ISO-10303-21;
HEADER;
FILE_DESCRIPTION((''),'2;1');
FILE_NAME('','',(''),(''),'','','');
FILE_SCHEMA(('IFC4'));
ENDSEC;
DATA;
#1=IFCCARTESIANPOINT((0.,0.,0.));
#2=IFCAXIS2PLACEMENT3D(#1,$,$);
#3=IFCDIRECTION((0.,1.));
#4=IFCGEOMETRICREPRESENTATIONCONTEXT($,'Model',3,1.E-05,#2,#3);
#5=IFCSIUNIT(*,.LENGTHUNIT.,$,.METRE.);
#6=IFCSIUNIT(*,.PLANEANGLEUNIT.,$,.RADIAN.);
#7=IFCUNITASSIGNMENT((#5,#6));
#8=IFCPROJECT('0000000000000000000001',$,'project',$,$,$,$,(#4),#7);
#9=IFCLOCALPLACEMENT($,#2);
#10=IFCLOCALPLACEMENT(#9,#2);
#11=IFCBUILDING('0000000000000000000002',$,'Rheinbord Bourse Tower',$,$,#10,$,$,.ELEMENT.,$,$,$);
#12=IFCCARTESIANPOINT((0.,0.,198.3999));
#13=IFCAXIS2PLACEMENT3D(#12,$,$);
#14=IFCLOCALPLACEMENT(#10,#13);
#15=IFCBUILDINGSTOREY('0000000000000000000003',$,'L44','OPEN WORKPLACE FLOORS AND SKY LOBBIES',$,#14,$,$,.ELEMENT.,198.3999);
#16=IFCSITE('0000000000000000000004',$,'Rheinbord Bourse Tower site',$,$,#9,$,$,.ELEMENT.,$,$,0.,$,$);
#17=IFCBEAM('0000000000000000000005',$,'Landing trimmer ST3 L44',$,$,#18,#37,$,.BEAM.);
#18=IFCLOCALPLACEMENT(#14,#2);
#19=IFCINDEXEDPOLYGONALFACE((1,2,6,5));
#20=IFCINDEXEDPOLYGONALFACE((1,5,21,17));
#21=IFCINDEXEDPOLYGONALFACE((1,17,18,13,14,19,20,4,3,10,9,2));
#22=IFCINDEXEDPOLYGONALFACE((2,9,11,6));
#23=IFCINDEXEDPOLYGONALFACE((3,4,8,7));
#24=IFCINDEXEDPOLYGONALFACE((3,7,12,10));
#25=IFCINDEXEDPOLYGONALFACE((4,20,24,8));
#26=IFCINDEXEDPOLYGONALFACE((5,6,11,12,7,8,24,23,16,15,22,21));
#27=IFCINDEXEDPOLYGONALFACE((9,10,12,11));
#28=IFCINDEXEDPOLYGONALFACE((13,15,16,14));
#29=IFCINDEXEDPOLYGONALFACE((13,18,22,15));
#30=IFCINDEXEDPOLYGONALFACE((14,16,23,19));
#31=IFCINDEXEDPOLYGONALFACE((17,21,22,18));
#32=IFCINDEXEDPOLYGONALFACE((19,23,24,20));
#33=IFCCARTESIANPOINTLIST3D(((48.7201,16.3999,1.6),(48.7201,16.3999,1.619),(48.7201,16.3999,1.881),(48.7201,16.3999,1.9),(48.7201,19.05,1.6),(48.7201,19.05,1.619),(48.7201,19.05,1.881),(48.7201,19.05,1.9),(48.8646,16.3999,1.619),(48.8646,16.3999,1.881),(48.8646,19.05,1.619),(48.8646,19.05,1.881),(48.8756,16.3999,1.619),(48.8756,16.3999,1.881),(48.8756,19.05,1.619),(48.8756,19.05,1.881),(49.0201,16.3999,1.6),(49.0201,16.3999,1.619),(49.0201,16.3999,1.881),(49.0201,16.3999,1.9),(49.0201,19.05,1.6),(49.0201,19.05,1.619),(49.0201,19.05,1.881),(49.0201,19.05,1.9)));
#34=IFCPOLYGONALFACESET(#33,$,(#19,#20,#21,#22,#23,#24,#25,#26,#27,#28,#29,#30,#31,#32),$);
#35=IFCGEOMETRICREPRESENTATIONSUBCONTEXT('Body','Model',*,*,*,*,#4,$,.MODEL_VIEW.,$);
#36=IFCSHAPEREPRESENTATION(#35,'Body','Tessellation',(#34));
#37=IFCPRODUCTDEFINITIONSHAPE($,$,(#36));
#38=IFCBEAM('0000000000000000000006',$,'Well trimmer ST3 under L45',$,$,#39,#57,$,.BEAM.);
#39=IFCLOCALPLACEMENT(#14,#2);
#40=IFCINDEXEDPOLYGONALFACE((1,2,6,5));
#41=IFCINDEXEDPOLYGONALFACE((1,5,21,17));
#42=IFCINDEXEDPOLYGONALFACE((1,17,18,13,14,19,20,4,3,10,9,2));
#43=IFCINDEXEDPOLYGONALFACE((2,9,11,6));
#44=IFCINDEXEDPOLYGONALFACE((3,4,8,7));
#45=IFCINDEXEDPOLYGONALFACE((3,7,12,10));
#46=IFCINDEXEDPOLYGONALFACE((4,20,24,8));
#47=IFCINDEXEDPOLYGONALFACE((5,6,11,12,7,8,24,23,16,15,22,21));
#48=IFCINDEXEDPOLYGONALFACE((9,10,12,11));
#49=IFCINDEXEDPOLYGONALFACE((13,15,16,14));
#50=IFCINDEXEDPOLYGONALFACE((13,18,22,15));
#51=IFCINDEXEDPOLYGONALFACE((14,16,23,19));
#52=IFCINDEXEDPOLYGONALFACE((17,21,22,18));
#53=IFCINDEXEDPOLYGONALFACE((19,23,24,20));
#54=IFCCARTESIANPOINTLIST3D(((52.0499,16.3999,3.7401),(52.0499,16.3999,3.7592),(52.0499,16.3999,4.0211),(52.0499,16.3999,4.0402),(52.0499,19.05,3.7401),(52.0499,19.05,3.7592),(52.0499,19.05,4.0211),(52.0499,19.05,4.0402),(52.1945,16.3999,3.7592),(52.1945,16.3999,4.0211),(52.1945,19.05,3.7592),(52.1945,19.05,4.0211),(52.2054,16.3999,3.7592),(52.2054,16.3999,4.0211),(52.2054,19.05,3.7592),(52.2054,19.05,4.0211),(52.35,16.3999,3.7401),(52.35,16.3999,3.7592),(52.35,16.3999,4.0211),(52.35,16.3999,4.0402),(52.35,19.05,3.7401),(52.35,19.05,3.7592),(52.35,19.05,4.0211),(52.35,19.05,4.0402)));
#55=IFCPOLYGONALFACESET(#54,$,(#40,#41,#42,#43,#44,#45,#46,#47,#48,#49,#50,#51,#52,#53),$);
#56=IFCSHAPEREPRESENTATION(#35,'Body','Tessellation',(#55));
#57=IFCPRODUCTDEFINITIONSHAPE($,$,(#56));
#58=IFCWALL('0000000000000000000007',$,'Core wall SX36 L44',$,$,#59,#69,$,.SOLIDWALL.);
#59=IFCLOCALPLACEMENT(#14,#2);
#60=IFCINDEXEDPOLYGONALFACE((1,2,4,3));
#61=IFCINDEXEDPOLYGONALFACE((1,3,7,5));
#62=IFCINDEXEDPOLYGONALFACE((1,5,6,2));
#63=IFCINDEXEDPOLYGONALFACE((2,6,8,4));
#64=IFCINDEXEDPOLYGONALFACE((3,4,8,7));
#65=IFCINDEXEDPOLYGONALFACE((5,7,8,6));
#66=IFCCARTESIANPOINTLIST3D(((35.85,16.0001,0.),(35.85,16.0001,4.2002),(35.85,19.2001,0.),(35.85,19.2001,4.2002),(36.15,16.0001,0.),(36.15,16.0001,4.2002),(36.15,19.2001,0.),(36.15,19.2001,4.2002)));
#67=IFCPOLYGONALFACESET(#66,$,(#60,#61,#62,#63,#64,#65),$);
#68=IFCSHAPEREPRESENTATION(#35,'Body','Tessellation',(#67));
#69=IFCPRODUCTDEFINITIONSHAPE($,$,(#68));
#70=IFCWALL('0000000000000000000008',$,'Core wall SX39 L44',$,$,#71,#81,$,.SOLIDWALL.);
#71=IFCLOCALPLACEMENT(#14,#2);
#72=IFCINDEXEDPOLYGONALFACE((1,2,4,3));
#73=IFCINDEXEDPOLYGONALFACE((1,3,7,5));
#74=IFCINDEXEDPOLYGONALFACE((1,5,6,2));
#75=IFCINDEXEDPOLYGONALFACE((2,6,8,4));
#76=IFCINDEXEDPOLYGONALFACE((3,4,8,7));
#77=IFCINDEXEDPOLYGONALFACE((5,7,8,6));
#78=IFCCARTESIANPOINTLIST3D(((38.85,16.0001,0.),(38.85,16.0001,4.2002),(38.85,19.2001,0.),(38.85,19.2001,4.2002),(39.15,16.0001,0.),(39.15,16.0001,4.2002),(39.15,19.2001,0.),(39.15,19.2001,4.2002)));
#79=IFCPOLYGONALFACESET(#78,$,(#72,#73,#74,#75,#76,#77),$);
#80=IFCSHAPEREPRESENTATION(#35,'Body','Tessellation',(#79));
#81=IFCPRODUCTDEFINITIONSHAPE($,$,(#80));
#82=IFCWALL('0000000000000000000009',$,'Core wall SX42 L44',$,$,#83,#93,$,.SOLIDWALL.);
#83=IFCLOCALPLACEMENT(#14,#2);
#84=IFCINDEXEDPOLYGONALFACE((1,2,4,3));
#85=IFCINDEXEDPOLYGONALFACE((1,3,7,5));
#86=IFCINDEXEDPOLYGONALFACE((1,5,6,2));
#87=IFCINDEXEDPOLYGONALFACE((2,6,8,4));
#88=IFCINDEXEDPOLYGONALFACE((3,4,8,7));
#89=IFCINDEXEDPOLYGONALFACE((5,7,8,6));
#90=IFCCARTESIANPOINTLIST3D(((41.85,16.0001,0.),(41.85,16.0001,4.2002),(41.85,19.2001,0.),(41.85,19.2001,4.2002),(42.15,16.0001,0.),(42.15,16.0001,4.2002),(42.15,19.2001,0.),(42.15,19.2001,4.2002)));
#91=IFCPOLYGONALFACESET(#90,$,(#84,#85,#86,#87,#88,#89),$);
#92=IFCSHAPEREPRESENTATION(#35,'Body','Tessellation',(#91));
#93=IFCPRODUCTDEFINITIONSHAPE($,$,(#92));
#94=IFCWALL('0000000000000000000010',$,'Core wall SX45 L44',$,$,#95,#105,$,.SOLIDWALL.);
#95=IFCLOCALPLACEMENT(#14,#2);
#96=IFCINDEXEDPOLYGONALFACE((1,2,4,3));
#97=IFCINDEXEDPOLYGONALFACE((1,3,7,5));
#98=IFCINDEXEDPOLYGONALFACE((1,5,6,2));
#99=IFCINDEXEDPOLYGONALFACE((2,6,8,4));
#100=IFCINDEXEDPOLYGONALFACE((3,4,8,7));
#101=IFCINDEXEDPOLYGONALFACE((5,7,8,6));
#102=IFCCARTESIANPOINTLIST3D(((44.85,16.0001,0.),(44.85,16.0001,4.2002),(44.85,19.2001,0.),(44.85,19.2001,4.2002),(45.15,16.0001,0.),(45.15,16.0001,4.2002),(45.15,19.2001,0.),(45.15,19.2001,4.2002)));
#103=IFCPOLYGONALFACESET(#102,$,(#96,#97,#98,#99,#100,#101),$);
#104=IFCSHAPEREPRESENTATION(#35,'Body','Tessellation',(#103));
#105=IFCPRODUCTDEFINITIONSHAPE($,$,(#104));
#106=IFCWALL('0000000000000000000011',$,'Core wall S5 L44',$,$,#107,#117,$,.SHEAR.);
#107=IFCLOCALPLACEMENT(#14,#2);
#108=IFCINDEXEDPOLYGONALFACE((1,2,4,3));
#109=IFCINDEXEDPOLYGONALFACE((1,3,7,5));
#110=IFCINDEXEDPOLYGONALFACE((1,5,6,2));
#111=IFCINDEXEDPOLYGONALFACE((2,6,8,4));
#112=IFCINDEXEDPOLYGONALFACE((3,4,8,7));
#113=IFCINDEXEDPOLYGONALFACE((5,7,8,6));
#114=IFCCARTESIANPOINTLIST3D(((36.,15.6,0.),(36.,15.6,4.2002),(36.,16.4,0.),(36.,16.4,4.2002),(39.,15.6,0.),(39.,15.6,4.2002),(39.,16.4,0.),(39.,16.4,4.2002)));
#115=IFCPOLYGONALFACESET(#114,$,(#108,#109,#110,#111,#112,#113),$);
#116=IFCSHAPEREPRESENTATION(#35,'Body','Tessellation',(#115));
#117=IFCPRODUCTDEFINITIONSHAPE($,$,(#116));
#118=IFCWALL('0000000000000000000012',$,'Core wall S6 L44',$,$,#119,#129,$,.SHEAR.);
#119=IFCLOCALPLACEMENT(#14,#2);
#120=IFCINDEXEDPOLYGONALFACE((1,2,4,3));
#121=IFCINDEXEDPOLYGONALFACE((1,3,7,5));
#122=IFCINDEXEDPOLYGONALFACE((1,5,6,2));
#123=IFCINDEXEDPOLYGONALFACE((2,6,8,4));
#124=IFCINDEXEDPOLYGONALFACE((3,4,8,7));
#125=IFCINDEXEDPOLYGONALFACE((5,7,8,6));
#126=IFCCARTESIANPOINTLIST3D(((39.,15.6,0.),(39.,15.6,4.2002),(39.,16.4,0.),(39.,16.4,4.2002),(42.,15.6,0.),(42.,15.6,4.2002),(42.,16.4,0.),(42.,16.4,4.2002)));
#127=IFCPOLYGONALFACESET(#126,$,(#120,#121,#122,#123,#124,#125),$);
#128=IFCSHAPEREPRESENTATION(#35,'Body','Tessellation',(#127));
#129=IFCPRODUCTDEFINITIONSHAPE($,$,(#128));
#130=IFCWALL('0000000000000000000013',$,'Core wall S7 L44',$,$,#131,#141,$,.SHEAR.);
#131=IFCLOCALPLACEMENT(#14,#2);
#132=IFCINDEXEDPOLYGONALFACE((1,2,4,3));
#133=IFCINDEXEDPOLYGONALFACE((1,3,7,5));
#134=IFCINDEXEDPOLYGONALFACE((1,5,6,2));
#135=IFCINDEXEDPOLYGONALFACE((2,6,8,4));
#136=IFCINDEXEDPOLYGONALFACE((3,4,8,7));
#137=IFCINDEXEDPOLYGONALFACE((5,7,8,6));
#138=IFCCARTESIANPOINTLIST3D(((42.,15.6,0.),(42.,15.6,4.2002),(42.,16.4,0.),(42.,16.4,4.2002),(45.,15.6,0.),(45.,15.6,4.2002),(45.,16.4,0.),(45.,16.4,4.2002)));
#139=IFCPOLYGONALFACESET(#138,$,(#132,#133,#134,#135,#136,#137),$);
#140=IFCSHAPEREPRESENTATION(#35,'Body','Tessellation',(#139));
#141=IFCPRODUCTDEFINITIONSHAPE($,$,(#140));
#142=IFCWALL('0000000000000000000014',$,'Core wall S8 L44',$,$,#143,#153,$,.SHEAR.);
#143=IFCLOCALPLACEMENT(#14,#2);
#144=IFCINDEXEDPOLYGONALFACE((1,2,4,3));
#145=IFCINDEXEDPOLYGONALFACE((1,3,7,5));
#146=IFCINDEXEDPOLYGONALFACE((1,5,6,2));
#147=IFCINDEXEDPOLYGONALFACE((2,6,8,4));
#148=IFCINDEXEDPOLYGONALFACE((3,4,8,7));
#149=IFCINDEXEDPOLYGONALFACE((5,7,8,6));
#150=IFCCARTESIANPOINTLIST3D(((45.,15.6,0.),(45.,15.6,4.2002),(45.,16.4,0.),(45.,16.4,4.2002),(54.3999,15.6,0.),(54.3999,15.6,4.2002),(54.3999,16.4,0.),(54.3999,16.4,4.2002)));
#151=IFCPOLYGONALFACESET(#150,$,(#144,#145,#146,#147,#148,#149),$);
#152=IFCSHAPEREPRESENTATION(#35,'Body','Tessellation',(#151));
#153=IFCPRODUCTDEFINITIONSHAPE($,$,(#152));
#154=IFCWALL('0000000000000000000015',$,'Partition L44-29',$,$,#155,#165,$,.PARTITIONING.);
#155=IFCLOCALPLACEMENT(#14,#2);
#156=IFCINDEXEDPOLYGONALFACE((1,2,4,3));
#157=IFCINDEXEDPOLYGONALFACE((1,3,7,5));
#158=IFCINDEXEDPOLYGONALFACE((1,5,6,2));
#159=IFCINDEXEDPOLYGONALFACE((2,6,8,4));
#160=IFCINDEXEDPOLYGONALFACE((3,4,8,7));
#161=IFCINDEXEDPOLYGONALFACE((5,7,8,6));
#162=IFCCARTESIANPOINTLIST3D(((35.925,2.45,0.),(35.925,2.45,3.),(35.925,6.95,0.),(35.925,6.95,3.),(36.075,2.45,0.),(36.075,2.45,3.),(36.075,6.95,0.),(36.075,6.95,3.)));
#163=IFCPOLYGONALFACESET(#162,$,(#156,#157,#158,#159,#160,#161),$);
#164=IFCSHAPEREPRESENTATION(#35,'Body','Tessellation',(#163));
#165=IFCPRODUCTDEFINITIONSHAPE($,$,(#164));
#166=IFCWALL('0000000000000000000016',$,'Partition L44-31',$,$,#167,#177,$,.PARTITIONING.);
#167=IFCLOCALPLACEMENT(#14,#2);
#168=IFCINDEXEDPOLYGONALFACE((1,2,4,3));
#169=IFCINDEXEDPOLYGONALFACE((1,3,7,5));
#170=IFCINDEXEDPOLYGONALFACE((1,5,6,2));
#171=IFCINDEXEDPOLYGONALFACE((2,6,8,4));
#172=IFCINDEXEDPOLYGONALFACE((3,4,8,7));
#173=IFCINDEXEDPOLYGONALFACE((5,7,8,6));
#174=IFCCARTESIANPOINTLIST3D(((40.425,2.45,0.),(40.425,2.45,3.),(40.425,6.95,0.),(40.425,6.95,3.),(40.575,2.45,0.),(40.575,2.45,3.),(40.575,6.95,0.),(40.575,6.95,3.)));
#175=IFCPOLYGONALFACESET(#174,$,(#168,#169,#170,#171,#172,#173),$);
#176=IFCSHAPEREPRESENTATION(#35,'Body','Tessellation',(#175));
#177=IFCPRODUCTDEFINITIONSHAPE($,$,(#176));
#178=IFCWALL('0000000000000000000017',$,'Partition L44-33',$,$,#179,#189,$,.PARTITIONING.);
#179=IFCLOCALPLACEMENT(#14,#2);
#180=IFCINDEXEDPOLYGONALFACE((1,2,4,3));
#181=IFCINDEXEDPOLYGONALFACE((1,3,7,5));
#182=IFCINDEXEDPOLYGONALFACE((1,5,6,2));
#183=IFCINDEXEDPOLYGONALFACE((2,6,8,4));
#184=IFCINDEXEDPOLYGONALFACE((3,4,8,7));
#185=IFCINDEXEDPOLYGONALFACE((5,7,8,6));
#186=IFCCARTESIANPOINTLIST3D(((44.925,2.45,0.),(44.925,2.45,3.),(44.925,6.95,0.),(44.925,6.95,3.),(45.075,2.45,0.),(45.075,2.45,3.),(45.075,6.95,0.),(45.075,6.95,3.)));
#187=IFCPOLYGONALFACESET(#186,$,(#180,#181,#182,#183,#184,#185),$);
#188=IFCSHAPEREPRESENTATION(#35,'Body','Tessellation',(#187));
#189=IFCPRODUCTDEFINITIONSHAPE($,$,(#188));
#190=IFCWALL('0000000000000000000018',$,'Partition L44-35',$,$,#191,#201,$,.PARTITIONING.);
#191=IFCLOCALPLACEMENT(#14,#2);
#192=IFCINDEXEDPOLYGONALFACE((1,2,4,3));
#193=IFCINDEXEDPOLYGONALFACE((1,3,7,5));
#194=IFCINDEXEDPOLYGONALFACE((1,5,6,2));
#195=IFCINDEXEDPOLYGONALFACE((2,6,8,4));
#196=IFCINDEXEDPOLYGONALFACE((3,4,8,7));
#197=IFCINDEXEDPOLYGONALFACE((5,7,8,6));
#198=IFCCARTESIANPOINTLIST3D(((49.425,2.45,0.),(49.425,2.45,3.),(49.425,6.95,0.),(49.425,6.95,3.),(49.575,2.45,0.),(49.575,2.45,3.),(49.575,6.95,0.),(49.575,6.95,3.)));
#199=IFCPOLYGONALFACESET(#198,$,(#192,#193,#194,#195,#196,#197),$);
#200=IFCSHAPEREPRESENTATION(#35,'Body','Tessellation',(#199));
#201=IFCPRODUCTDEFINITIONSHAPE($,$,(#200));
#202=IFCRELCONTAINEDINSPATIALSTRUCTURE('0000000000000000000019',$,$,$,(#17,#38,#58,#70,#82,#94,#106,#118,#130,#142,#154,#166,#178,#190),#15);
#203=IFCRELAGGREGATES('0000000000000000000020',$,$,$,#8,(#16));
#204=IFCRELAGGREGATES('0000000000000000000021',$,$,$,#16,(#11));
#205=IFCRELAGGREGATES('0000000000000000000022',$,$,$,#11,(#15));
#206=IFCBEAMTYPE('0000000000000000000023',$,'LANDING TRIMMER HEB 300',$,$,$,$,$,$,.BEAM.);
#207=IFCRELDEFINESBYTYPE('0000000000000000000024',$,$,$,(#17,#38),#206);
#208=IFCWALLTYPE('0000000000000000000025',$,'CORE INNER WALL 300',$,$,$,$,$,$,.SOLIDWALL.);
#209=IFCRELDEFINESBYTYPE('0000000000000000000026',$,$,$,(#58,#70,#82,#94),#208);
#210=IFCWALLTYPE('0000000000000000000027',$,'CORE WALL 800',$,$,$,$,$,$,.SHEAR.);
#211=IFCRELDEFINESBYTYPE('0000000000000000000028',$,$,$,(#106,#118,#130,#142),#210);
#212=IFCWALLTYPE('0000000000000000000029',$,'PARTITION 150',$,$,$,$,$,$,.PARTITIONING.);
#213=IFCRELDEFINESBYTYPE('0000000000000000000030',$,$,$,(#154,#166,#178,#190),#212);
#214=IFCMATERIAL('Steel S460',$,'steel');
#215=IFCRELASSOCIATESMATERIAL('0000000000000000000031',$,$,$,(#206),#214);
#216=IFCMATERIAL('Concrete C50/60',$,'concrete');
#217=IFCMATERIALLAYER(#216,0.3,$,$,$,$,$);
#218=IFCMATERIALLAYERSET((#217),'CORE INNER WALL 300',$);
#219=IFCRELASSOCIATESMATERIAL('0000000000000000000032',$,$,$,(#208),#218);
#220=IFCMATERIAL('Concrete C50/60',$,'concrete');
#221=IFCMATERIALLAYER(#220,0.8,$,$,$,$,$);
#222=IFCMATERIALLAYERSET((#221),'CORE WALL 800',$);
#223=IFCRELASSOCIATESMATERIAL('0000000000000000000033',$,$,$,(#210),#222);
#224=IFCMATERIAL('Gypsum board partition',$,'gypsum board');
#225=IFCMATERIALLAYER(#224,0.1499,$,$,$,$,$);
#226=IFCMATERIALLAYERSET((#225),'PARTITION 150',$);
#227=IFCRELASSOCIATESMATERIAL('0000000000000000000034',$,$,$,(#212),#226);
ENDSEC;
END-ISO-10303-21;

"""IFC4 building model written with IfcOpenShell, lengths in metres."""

from ifc_helpers import new_model, si_unit, direction, frame, frame_2d, origin, origin_2d, place, context, subcontext, project, spatial, rectangle, i_section, extrude, material, layer, layer_set, material_profile, profile_set, type_object, element, save


model = new_model("IFC4")

# Units and contexts
model_context = context("Model", 3, precision=1e-05, world=origin(), true_north=direction((0.0, 1.0)))
body_context = subcontext(model_context, "Body", "Model", "MODEL_VIEW")
ifc_project = project(units=[si_unit("LENGTHUNIT", "METRE"), si_unit("PLANEANGLEUNIT", "RADIAN")], contexts=[model_context])

# Site, building, storey
site_placement = place(None, origin())
site = spatial("IfcSite", under=ifc_project, at=site_placement, Name="Rheinbord Bourse Tower site", CompositionType="ELEMENT", RefElevation=0.0)
building_placement = place(site_placement, origin())
building = spatial("IfcBuilding", under=site, at=building_placement, Name="Rheinbord Bourse Tower", CompositionType="ELEMENT")
storey_placement = place(building_placement, frame((0.0, 0.0, 198.3999)))
storey = spatial("IfcBuildingStorey", under=building, at=storey_placement, Name="L44", Description="OPEN WORKPLACE FLOORS AND SKY LOBBIES", CompositionType="ELEMENT", Elevation=198.3999)

# Beams
ifc_material_1 = material(Name="Steel S460", Category="steel")
ifc_material_profile = material_profile(ifc_material_1, i_section(OverallWidth=0.3, OverallDepth=0.3, WebThickness=0.011, FlangeThickness=0.019, at=origin_2d()), Name="HEB 300")
ifc_profile_set = profile_set([ifc_material_profile], Name="Steel S460")
beam_type = type_object("IfcBeamType", Name="LANDING TRIMMER HEB 300", PredefinedType="BEAM", material=ifc_profile_set)
for number, where, z_axis, x_axis, name in (
    (1, (48.8701, 16.3999, 1.75), (0.0, 1.0, 0.0), (-1.0, 0.0, 0.0), "Landing trimmer ST3 L44"),
    (2, (52.2, 16.3999, 3.8901), (0.0, 1.0, 0.0), (-1.0, 0.0, 0.0), "Well trimmer ST3 under L45"),
):
    element("IfcBeam", number, at=place(storey_placement, frame(where, z_axis=z_axis, x_axis=x_axis)), inside=storey, type_object=beam_type, Name=name, PredefinedType="BEAM", context=body_context, shape_type="SweptSolid", body=[
        extrude(i_section(OverallWidth=0.3, OverallDepth=0.3, WebThickness=0.011, FlangeThickness=0.019, at=origin_2d()), origin(), (0.0, 0.0, 1.0), 2.6501),
    ])

# Walls
ifc_material_2 = material(Name="Concrete C50/60", Category="concrete")
ifc_layer_1 = layer(ifc_material_2, 0.3)
ifc_layer_set_1 = layer_set([ifc_layer_1], Name="CORE INNER WALL 300")
wall_type_1 = type_object("IfcWallType", Name="CORE INNER WALL 300", PredefinedType="SOLIDWALL", material=ifc_layer_set_1)
for number, where, z_axis, x_axis, name in (
    (3, (36.0, 16.0, 0.0), (0.0, 0.0, 1.0), (0.0, 1.0, 0.0), "Core wall SX36 L44"),
    (4, (39.0, 16.0, 0.0), (0.0, 0.0, 1.0), (0.0, 1.0, 0.0), "Core wall SX39 L44"),
    (5, (42.0, 16.0, 0.0), (0.0, 0.0, 1.0), (0.0, 1.0, 0.0), "Core wall SX42 L44"),
    (6, (45.0, 16.0, 0.0), (0.0, 0.0, 1.0), (0.0, 1.0, 0.0), "Core wall SX45 L44"),
):
    element("IfcWall", number, at=place(storey_placement, frame(where, z_axis=z_axis, x_axis=x_axis)), inside=storey, type_object=wall_type_1, Name=name, PredefinedType="SOLIDWALL", context=body_context, shape_type="SweptSolid", body=[
        extrude(rectangle(XDim=3.2, YDim=0.3, at=frame_2d((1.6001, 0.0))), origin(), (0.0, 0.0, 1.0), 4.2002),
    ])
ifc_material_3 = material(Name="Concrete C50/60", Category="concrete")
ifc_layer_2 = layer(ifc_material_3, 0.8)
ifc_layer_set_2 = layer_set([ifc_layer_2], Name="CORE WALL 800")
wall_type_2 = type_object("IfcWallType", Name="CORE WALL 800", PredefinedType="SHEAR", material=ifc_layer_set_2)
for number, where, z_axis, x_axis, name in (
    (7, (36.0, 16.0, 0.0), (0.0, 0.0, 1.0), (1.0, 0.0, 0.0), "Core wall S5 L44"),
    (8, (39.0, 16.0, 0.0), (0.0, 0.0, 1.0), (1.0, 0.0, 0.0), "Core wall S6 L44"),
    (9, (42.0, 16.0, 0.0), (0.0, 0.0, 1.0), (1.0, 0.0, 0.0), "Core wall S7 L44"),
):
    element("IfcWall", number, at=place(storey_placement, frame(where, z_axis=z_axis, x_axis=x_axis)), inside=storey, type_object=wall_type_2, Name=name, PredefinedType="SHEAR", context=body_context, shape_type="SweptSolid", body=[
        extrude(rectangle(XDim=3.0, YDim=0.8, at=frame_2d((1.5, 0.0))), origin(), (0.0, 0.0, 1.0), 4.2002),
    ])
wall_placement = place(storey_placement, frame((45.0, 16.0, 0.0), z_axis=(0.0, 0.0, 1.0), x_axis=(1.0, 0.0, 0.0)))
element("IfcWall", 10, at=wall_placement, inside=storey, type_object=wall_type_2, Name="Core wall S8 L44", PredefinedType="SHEAR", context=body_context, shape_type="SweptSolid", body=[
    extrude(rectangle(XDim=9.3999, YDim=0.8, at=frame_2d((4.7, 0.0))), origin(), (0.0, 0.0, 1.0), 4.2002),
])
ifc_material_4 = material(Name="Gypsum board partition", Category="gypsum board")
ifc_layer_3 = layer(ifc_material_4, 0.1499)
ifc_layer_set_3 = layer_set([ifc_layer_3], Name="PARTITION 150")
wall_type_3 = type_object("IfcWallType", Name="PARTITION 150", PredefinedType="PARTITIONING", material=ifc_layer_set_3)
for number, where, z_axis, x_axis, name in (
    (11, (36.0, 2.45, 0.0), (0.0, 0.0, 1.0), (0.0, 1.0, 0.0), "Partition L44-29"),
    (12, (40.5, 2.45, 0.0), (0.0, 0.0, 1.0), (0.0, 1.0, 0.0), "Partition L44-31"),
    (13, (45.0, 2.45, 0.0), (0.0, 0.0, 1.0), (0.0, 1.0, 0.0), "Partition L44-33"),
    (14, (49.5, 2.45, 0.0), (0.0, 0.0, 1.0), (0.0, 1.0, 0.0), "Partition L44-35"),
):
    element("IfcWall", number, at=place(storey_placement, frame(where, z_axis=z_axis, x_axis=x_axis)), inside=storey, type_object=wall_type_3, Name=name, PredefinedType="PARTITIONING", context=body_context, shape_type="SweptSolid", body=[
        extrude(rectangle(XDim=4.5, YDim=0.1499, at=frame_2d((2.25, 0.0))), origin(), (0.0, 0.0, 1.0), 3.0),
    ])

save(model, "model.ifc")
